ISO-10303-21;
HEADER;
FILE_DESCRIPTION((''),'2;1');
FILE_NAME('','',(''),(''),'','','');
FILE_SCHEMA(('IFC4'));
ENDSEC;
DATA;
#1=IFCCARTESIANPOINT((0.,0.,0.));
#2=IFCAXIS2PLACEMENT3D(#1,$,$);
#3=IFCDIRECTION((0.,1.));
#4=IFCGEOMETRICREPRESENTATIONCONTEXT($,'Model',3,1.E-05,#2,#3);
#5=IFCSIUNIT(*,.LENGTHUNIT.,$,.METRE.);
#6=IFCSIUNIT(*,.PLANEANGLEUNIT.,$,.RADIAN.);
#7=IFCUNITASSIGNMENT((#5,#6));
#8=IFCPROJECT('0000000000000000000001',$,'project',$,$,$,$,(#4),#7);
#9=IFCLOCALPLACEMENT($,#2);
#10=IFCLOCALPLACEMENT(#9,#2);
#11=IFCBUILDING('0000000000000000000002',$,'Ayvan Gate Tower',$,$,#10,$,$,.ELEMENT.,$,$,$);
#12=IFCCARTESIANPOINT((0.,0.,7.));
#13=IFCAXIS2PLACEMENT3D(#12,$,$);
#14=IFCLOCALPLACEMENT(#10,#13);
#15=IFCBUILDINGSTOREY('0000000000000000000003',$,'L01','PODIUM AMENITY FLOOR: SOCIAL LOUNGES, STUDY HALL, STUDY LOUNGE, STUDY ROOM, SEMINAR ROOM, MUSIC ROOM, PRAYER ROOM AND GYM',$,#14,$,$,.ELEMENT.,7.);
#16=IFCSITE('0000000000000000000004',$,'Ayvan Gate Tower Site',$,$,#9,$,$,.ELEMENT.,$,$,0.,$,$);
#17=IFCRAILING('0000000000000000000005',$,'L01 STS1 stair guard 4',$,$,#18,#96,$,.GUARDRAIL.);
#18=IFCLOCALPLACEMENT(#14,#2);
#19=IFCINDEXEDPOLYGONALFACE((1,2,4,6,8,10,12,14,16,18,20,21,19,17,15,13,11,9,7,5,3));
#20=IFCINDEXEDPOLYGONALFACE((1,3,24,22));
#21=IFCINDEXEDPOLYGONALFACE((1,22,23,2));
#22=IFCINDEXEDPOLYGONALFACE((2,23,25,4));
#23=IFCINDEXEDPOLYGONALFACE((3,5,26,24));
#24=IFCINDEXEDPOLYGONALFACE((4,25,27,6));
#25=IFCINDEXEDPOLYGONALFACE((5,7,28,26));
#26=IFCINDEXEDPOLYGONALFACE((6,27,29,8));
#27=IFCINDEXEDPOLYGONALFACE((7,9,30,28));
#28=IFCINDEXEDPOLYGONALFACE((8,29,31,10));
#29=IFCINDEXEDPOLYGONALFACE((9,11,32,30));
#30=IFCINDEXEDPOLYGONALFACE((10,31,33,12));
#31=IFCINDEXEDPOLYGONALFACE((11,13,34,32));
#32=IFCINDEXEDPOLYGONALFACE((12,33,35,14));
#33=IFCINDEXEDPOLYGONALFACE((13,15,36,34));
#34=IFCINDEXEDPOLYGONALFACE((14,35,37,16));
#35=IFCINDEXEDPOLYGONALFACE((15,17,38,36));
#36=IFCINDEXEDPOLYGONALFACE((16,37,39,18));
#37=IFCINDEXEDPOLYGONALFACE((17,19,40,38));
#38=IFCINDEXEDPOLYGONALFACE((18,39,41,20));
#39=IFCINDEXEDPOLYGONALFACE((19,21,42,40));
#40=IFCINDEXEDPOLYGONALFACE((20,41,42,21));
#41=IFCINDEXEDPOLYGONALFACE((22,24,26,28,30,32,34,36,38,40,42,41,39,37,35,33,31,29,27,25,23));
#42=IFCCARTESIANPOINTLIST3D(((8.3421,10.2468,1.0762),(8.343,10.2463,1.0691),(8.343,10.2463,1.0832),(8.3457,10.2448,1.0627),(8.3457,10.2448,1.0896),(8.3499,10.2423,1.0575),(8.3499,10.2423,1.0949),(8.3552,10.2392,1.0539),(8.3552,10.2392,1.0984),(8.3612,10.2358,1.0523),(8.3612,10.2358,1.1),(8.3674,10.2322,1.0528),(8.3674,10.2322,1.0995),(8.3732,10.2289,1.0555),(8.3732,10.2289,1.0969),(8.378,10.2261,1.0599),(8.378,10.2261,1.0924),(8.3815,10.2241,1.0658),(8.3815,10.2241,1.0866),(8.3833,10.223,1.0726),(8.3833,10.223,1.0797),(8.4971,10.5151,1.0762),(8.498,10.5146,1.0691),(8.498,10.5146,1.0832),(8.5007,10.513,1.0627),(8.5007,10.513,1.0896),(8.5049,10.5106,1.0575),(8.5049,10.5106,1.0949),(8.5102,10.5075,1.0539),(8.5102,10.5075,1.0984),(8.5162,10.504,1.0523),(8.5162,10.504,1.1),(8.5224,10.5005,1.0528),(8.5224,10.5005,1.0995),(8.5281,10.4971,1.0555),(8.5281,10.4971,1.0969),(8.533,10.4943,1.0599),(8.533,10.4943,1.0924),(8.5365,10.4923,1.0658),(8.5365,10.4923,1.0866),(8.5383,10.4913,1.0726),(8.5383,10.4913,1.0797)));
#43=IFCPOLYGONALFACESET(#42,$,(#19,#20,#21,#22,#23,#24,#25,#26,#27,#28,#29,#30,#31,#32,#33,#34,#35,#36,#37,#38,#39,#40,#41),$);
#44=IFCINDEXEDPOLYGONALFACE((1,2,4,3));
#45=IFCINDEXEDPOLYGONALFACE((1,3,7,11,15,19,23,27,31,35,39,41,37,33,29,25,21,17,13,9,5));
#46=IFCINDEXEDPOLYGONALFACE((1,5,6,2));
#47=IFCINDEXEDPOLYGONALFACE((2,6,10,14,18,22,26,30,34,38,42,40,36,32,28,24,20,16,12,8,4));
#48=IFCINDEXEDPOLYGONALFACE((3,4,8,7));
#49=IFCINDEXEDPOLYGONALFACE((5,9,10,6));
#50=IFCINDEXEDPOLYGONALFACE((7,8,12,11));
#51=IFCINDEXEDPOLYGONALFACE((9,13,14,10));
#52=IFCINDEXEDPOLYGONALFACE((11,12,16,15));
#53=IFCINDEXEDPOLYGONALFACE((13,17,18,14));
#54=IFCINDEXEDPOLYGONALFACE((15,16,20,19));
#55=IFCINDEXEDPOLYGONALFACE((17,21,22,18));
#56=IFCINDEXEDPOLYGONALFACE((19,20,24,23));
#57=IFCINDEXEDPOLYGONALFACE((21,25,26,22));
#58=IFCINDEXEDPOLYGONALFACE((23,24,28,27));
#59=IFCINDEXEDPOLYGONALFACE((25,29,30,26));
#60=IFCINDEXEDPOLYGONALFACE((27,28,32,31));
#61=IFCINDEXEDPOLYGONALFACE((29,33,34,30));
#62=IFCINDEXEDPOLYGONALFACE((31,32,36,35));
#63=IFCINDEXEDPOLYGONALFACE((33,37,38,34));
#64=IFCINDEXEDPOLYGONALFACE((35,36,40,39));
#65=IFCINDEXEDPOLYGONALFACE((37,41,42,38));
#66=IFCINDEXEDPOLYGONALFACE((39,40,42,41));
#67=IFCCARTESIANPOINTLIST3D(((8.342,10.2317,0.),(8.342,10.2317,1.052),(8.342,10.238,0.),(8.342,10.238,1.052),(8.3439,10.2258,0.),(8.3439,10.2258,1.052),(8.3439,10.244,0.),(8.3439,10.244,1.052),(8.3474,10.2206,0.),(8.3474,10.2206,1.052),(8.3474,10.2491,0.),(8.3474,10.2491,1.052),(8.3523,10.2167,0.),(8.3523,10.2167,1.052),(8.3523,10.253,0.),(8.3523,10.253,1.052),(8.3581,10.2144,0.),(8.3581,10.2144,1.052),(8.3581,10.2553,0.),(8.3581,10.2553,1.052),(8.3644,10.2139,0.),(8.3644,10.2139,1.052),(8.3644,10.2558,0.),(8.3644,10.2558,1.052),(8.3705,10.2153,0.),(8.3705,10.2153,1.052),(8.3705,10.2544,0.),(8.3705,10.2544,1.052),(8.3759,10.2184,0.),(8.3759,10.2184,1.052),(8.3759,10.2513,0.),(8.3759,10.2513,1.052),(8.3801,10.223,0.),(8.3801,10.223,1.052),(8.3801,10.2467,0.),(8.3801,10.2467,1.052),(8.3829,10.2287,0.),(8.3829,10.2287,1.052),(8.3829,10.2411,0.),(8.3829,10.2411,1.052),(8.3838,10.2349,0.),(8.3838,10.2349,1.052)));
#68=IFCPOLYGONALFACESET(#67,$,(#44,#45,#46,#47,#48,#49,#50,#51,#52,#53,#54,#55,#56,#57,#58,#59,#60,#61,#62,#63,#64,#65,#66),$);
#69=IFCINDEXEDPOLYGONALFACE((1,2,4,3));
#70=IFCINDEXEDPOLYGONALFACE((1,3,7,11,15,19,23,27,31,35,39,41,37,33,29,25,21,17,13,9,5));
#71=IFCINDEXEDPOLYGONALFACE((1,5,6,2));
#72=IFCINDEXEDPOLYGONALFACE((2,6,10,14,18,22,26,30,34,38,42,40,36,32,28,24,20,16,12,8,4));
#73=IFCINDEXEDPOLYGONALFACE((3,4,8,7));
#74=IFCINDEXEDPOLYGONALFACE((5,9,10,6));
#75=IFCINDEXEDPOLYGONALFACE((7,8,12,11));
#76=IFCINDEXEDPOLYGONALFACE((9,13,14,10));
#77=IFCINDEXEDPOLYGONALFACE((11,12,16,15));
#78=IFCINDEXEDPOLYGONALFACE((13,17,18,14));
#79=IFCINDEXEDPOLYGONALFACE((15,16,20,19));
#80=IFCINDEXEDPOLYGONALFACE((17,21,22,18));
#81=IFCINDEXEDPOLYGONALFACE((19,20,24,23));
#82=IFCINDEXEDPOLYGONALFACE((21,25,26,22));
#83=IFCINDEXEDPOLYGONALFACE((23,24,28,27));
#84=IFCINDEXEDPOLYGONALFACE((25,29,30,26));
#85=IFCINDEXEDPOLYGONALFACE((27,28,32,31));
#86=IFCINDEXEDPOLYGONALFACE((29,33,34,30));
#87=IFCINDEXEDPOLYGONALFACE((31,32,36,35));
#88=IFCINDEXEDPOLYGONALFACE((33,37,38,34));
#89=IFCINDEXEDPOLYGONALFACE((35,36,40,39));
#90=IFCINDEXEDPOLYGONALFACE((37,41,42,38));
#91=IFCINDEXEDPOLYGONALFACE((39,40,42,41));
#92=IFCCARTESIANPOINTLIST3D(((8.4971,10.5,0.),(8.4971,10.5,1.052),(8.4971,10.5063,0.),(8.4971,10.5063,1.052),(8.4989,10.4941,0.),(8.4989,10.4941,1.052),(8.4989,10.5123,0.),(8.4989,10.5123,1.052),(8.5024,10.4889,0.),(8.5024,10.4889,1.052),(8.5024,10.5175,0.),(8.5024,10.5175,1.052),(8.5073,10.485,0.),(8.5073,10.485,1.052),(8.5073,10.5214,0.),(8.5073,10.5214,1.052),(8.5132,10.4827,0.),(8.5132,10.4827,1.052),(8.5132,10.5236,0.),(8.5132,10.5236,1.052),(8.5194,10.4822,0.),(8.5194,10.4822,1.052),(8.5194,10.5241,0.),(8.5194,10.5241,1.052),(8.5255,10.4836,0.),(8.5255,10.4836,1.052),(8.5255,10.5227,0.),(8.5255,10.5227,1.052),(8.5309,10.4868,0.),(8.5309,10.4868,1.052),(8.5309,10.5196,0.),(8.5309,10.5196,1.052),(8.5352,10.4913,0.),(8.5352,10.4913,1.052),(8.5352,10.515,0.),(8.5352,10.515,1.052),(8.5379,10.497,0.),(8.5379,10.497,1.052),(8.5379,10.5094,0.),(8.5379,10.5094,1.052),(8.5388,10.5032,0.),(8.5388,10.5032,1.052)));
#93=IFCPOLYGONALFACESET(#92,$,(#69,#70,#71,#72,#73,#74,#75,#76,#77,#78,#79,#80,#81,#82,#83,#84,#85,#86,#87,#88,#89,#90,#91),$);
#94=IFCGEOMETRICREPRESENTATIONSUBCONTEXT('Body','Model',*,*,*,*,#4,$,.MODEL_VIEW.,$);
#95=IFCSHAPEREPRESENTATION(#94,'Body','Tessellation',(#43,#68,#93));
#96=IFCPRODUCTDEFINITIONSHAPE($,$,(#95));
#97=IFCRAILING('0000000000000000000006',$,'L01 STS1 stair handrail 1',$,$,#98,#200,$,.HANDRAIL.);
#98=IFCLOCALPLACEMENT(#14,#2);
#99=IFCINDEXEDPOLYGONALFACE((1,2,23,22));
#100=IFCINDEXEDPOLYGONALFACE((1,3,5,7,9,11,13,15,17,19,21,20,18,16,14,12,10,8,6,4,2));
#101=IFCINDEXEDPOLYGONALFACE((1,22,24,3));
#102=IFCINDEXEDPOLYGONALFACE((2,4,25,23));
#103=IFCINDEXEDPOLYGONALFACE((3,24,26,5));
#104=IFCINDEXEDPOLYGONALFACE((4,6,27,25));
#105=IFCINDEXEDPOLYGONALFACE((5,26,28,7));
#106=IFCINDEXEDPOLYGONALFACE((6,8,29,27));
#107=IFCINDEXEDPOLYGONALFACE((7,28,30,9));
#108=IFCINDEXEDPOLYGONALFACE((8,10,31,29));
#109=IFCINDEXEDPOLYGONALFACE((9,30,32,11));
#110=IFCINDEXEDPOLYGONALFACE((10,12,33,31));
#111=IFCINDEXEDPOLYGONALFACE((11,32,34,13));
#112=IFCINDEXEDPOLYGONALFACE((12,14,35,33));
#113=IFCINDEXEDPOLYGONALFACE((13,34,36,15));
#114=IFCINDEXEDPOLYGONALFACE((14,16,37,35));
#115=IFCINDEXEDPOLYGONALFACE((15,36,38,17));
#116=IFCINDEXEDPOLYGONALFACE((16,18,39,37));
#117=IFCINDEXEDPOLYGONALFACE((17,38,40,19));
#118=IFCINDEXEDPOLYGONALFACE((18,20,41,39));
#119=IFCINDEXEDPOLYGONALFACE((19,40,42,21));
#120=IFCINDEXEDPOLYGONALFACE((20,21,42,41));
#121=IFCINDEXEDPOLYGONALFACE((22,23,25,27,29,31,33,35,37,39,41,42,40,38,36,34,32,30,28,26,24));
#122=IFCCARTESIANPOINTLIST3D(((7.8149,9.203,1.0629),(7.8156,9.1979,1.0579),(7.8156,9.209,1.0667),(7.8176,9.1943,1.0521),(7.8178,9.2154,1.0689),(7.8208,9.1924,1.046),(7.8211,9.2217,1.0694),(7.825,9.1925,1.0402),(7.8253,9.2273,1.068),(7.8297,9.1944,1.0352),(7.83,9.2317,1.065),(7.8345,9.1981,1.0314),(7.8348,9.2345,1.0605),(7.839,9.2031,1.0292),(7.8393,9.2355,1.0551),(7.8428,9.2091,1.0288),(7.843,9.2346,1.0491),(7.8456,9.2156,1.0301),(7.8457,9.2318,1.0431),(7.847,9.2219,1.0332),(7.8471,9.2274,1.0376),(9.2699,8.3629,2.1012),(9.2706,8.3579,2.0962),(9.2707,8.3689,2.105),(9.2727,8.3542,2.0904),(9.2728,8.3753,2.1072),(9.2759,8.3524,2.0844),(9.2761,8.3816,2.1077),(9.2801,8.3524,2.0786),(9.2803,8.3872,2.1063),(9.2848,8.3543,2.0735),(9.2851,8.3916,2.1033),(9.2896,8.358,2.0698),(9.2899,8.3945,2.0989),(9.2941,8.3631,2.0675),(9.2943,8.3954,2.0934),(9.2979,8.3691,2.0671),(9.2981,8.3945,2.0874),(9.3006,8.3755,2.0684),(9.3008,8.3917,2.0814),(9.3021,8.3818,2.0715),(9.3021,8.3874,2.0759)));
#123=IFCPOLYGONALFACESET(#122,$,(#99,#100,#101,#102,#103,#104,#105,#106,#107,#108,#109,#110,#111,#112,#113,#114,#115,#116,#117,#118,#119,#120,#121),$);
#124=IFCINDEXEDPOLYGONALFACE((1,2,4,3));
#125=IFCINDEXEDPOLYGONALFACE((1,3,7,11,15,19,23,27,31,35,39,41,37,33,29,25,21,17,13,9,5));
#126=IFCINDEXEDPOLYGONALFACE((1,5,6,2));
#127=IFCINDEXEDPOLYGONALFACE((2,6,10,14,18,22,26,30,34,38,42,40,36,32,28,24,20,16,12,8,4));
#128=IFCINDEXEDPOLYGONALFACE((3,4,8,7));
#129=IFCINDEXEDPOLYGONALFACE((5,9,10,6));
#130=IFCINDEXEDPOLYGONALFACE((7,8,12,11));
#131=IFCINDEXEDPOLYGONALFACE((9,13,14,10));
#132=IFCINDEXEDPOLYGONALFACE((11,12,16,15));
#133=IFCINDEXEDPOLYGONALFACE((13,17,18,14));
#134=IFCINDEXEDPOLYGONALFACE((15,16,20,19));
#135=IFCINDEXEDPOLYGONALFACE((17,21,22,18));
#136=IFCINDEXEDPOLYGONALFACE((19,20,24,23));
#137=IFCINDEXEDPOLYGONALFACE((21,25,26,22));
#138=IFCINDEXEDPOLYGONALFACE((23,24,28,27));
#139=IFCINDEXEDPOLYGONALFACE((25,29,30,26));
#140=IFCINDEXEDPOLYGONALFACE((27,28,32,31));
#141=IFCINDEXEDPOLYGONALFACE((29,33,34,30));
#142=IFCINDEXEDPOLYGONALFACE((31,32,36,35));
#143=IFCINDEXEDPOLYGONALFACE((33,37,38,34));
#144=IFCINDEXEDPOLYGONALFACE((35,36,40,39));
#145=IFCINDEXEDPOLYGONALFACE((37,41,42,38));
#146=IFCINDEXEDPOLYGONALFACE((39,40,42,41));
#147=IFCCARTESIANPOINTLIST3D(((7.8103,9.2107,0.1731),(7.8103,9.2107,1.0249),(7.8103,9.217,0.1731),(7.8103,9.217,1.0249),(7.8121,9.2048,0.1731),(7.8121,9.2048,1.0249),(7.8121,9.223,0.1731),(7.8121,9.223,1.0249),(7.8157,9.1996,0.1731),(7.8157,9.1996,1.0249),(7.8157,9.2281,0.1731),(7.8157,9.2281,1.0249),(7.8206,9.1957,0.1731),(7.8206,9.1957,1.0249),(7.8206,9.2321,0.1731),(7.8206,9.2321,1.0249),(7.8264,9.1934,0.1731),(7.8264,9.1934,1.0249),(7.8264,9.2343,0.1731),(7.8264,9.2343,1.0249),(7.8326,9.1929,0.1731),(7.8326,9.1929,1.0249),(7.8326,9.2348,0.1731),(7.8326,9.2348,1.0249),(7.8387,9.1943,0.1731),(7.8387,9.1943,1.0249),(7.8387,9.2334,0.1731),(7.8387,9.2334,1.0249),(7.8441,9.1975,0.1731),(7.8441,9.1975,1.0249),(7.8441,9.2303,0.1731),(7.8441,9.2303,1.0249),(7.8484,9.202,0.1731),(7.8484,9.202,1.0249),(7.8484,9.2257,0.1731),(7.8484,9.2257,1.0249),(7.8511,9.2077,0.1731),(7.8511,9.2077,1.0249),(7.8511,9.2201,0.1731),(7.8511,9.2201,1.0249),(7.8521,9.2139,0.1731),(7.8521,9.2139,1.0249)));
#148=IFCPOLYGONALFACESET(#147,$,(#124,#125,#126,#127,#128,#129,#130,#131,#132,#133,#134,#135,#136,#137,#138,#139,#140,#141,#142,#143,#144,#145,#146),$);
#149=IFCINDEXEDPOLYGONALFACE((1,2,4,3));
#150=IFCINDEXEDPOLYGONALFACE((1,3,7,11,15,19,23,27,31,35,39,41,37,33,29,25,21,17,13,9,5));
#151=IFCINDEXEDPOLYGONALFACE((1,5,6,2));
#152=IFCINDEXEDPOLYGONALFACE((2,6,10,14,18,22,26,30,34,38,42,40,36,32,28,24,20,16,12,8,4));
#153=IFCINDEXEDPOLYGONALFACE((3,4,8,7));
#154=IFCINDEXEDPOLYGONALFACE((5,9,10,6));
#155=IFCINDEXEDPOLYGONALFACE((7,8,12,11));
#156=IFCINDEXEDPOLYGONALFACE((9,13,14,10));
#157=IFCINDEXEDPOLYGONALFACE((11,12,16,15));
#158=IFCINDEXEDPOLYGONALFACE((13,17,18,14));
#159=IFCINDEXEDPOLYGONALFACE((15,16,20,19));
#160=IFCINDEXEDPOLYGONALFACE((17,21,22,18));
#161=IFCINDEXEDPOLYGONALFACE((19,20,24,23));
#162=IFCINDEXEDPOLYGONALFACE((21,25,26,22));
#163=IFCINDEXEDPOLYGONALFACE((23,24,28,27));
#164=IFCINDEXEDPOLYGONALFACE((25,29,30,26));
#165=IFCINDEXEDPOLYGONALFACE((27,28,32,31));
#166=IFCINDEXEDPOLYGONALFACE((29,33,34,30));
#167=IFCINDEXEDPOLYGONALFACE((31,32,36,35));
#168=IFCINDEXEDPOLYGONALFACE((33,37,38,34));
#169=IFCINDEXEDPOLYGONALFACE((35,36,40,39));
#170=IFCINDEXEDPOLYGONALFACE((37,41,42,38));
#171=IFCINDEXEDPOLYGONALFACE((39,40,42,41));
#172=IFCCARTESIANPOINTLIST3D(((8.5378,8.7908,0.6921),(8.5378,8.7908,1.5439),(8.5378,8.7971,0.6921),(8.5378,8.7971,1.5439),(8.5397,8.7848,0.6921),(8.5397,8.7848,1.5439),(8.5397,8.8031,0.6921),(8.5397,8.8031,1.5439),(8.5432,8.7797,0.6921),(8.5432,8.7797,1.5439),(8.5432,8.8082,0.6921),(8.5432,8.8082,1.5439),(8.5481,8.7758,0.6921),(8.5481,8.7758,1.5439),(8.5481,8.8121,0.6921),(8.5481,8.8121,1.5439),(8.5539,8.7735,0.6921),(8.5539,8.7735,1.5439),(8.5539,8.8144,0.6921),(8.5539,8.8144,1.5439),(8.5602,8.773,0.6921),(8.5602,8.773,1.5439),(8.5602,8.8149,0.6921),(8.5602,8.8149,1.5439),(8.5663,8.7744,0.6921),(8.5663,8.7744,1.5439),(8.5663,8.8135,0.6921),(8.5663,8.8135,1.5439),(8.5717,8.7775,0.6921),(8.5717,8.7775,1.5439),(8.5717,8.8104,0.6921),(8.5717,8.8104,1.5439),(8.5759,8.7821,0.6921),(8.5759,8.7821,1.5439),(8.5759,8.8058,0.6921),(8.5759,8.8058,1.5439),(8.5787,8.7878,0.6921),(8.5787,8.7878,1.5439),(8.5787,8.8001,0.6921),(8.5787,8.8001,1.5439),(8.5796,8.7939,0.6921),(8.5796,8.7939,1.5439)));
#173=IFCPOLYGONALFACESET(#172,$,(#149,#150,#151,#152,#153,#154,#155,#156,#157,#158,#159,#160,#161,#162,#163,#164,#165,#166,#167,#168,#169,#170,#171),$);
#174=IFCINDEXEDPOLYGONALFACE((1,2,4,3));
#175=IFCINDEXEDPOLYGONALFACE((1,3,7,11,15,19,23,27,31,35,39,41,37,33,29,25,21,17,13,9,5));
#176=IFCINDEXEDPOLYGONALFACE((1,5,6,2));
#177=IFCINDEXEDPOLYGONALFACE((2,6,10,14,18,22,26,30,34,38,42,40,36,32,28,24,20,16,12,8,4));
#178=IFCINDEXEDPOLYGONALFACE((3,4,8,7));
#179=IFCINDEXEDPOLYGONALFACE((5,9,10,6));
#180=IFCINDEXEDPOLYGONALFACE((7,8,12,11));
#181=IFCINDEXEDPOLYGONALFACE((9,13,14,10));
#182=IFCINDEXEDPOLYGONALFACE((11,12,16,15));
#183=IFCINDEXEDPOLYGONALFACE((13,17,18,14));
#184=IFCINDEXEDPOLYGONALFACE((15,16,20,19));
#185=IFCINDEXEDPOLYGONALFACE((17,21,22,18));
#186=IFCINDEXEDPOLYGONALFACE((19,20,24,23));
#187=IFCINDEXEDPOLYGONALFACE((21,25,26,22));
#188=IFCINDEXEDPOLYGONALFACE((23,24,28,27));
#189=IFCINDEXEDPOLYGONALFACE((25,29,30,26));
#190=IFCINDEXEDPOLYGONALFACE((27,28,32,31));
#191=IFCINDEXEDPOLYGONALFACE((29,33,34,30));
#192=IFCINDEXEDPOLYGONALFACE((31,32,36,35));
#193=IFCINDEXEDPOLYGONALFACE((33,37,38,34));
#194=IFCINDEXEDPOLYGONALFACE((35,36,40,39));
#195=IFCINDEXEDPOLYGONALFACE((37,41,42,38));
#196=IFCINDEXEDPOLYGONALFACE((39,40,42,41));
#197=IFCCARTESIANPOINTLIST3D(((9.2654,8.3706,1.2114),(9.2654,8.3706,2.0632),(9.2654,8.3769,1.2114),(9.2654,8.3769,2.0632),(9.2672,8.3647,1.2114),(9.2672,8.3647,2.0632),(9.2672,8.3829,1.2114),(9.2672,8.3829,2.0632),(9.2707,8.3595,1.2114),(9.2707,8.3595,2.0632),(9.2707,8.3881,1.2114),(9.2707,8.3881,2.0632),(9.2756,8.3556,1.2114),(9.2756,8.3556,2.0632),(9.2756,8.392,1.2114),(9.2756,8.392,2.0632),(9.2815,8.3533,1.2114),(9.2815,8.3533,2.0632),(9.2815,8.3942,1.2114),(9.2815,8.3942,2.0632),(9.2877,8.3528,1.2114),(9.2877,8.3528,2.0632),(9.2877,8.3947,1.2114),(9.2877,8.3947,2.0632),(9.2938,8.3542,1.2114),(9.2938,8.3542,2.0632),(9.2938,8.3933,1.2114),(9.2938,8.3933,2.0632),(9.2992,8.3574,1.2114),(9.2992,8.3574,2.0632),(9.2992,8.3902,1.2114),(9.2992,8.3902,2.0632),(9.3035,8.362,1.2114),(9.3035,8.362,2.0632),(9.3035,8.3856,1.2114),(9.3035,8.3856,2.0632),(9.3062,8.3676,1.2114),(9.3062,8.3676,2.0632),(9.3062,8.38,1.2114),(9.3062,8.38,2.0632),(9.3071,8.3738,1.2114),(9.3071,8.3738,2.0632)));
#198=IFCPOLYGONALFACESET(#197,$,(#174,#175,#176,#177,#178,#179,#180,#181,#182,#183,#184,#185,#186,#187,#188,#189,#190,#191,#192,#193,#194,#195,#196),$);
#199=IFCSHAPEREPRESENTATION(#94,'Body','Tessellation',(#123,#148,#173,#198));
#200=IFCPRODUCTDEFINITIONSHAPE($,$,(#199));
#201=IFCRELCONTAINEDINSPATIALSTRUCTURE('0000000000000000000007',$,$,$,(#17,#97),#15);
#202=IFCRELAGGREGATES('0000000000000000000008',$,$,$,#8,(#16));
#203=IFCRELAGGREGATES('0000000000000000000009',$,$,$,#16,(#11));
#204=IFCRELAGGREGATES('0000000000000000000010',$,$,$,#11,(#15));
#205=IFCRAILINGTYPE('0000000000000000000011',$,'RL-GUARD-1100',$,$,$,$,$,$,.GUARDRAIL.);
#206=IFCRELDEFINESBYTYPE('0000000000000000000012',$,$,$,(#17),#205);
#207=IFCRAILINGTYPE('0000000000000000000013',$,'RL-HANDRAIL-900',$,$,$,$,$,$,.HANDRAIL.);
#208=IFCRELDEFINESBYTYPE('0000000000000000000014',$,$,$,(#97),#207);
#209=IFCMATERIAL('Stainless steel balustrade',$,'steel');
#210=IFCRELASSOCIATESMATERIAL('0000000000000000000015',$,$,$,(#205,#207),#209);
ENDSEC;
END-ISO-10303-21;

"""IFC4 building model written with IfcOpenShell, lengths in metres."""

from ifc_helpers import new_model, si_unit, direction, frame, origin, origin_2d, place, context, subcontext, project, spatial, circle, extrude, material, type_object, element, save


model = new_model("IFC4")

# Units and contexts
model_context = context("Model", 3, precision=1e-05, world=origin(), true_north=direction((0.0, 1.0)))
body_context = subcontext(model_context, "Body", "Model", "MODEL_VIEW")
ifc_project = project(units=[si_unit("LENGTHUNIT", "METRE"), si_unit("PLANEANGLEUNIT", "RADIAN")], contexts=[model_context])

# Site, building, storey
site_placement = place(None, origin())
site = spatial("IfcSite", under=ifc_project, at=site_placement, Name="Ayvan Gate Tower Site", CompositionType="ELEMENT", RefElevation=0.0)
building_placement = place(site_placement, origin())
building = spatial("IfcBuilding", under=site, at=building_placement, Name="Ayvan Gate Tower", CompositionType="ELEMENT")
storey_placement = place(building_placement, frame((0.0, 0.0, 7.0)))
storey = spatial("IfcBuildingStorey", under=building, at=storey_placement, Name="L01", Description="PODIUM AMENITY FLOOR: SOCIAL LOUNGES, STUDY HALL, STUDY LOUNGE, STUDY ROOM, SEMINAR ROOM, MUSIC ROOM, PRAYER ROOM AND GYM", CompositionType="ELEMENT", Elevation=7.0)

# Railings
ifc_material_1 = material(Name="Stainless steel balustrade", Category="steel")
railing_type_1 = type_object("IfcRailingType", Name="RL-GUARD-1100", PredefinedType="GUARDRAIL", material=ifc_material_1)
railing_1_placement = place(storey_placement, frame((8.3628, 10.2349, 0.0)))
element("IfcRailing", 1, at=railing_1_placement, inside=storey, type_object=railing_type_1, Name="L01 STS1 stair guard 4", PredefinedType="GUARDRAIL", context=body_context, shape_type="SweptSolid", body=[
    extrude(circle(Radius=0.0239, at=origin_2d()), frame((0.0, 0.0, 1.0762), z_axis=(0.500291, 0.865857, 0.0), x_axis=(-0.865857, 0.500291, 0.0)), (0.0, 0.0, 1.0), 0.3098),
    extrude(circle(Radius=0.021, at=origin_2d()), origin(), (0.0, 0.0, 1.0), 1.052),
    extrude(circle(Radius=0.021, at=origin_2d()), frame((0.155, 0.2683, 0.0)), (0.0, 0.0, 1.0), 1.052),
])
railing_type_2 = type_object("IfcRailingType", Name="RL-HANDRAIL-900", PredefinedType="HANDRAIL", material=ifc_material_1)
railing_2_placement = place(storey_placement, frame((7.8311, 9.2139, 0.1731)))
element("IfcRailing", 2, at=railing_2_placement, inside=storey, type_object=railing_type_2, Name="L01 STS1 stair handrail 1", PredefinedType="HANDRAIL", context=body_context, shape_type="SweptSolid", body=[
    extrude(circle(Radius=0.0239, at=origin_2d()), frame((0.0, 0.0, 0.876), z_axis=(0.736701, -0.425333, 0.525703), x_axis=(0.499999, 0.866026, 0.0)), (0.0, 0.0, 1.0), 1.9751),
    extrude(circle(Radius=0.021, at=origin_2d()), origin(), (0.0, 0.0, 1.0), 0.8518),
    extrude(circle(Radius=0.021, at=origin_2d()), frame((0.7275, -0.4199, 0.519)), (0.0, 0.0, 1.0), 0.8518),
    extrude(circle(Radius=0.021, at=origin_2d()), frame((1.4551, -0.8401, 1.0383)), (0.0, 0.0, 1.0), 0.8518),
])

save(model, "model.ifc")
